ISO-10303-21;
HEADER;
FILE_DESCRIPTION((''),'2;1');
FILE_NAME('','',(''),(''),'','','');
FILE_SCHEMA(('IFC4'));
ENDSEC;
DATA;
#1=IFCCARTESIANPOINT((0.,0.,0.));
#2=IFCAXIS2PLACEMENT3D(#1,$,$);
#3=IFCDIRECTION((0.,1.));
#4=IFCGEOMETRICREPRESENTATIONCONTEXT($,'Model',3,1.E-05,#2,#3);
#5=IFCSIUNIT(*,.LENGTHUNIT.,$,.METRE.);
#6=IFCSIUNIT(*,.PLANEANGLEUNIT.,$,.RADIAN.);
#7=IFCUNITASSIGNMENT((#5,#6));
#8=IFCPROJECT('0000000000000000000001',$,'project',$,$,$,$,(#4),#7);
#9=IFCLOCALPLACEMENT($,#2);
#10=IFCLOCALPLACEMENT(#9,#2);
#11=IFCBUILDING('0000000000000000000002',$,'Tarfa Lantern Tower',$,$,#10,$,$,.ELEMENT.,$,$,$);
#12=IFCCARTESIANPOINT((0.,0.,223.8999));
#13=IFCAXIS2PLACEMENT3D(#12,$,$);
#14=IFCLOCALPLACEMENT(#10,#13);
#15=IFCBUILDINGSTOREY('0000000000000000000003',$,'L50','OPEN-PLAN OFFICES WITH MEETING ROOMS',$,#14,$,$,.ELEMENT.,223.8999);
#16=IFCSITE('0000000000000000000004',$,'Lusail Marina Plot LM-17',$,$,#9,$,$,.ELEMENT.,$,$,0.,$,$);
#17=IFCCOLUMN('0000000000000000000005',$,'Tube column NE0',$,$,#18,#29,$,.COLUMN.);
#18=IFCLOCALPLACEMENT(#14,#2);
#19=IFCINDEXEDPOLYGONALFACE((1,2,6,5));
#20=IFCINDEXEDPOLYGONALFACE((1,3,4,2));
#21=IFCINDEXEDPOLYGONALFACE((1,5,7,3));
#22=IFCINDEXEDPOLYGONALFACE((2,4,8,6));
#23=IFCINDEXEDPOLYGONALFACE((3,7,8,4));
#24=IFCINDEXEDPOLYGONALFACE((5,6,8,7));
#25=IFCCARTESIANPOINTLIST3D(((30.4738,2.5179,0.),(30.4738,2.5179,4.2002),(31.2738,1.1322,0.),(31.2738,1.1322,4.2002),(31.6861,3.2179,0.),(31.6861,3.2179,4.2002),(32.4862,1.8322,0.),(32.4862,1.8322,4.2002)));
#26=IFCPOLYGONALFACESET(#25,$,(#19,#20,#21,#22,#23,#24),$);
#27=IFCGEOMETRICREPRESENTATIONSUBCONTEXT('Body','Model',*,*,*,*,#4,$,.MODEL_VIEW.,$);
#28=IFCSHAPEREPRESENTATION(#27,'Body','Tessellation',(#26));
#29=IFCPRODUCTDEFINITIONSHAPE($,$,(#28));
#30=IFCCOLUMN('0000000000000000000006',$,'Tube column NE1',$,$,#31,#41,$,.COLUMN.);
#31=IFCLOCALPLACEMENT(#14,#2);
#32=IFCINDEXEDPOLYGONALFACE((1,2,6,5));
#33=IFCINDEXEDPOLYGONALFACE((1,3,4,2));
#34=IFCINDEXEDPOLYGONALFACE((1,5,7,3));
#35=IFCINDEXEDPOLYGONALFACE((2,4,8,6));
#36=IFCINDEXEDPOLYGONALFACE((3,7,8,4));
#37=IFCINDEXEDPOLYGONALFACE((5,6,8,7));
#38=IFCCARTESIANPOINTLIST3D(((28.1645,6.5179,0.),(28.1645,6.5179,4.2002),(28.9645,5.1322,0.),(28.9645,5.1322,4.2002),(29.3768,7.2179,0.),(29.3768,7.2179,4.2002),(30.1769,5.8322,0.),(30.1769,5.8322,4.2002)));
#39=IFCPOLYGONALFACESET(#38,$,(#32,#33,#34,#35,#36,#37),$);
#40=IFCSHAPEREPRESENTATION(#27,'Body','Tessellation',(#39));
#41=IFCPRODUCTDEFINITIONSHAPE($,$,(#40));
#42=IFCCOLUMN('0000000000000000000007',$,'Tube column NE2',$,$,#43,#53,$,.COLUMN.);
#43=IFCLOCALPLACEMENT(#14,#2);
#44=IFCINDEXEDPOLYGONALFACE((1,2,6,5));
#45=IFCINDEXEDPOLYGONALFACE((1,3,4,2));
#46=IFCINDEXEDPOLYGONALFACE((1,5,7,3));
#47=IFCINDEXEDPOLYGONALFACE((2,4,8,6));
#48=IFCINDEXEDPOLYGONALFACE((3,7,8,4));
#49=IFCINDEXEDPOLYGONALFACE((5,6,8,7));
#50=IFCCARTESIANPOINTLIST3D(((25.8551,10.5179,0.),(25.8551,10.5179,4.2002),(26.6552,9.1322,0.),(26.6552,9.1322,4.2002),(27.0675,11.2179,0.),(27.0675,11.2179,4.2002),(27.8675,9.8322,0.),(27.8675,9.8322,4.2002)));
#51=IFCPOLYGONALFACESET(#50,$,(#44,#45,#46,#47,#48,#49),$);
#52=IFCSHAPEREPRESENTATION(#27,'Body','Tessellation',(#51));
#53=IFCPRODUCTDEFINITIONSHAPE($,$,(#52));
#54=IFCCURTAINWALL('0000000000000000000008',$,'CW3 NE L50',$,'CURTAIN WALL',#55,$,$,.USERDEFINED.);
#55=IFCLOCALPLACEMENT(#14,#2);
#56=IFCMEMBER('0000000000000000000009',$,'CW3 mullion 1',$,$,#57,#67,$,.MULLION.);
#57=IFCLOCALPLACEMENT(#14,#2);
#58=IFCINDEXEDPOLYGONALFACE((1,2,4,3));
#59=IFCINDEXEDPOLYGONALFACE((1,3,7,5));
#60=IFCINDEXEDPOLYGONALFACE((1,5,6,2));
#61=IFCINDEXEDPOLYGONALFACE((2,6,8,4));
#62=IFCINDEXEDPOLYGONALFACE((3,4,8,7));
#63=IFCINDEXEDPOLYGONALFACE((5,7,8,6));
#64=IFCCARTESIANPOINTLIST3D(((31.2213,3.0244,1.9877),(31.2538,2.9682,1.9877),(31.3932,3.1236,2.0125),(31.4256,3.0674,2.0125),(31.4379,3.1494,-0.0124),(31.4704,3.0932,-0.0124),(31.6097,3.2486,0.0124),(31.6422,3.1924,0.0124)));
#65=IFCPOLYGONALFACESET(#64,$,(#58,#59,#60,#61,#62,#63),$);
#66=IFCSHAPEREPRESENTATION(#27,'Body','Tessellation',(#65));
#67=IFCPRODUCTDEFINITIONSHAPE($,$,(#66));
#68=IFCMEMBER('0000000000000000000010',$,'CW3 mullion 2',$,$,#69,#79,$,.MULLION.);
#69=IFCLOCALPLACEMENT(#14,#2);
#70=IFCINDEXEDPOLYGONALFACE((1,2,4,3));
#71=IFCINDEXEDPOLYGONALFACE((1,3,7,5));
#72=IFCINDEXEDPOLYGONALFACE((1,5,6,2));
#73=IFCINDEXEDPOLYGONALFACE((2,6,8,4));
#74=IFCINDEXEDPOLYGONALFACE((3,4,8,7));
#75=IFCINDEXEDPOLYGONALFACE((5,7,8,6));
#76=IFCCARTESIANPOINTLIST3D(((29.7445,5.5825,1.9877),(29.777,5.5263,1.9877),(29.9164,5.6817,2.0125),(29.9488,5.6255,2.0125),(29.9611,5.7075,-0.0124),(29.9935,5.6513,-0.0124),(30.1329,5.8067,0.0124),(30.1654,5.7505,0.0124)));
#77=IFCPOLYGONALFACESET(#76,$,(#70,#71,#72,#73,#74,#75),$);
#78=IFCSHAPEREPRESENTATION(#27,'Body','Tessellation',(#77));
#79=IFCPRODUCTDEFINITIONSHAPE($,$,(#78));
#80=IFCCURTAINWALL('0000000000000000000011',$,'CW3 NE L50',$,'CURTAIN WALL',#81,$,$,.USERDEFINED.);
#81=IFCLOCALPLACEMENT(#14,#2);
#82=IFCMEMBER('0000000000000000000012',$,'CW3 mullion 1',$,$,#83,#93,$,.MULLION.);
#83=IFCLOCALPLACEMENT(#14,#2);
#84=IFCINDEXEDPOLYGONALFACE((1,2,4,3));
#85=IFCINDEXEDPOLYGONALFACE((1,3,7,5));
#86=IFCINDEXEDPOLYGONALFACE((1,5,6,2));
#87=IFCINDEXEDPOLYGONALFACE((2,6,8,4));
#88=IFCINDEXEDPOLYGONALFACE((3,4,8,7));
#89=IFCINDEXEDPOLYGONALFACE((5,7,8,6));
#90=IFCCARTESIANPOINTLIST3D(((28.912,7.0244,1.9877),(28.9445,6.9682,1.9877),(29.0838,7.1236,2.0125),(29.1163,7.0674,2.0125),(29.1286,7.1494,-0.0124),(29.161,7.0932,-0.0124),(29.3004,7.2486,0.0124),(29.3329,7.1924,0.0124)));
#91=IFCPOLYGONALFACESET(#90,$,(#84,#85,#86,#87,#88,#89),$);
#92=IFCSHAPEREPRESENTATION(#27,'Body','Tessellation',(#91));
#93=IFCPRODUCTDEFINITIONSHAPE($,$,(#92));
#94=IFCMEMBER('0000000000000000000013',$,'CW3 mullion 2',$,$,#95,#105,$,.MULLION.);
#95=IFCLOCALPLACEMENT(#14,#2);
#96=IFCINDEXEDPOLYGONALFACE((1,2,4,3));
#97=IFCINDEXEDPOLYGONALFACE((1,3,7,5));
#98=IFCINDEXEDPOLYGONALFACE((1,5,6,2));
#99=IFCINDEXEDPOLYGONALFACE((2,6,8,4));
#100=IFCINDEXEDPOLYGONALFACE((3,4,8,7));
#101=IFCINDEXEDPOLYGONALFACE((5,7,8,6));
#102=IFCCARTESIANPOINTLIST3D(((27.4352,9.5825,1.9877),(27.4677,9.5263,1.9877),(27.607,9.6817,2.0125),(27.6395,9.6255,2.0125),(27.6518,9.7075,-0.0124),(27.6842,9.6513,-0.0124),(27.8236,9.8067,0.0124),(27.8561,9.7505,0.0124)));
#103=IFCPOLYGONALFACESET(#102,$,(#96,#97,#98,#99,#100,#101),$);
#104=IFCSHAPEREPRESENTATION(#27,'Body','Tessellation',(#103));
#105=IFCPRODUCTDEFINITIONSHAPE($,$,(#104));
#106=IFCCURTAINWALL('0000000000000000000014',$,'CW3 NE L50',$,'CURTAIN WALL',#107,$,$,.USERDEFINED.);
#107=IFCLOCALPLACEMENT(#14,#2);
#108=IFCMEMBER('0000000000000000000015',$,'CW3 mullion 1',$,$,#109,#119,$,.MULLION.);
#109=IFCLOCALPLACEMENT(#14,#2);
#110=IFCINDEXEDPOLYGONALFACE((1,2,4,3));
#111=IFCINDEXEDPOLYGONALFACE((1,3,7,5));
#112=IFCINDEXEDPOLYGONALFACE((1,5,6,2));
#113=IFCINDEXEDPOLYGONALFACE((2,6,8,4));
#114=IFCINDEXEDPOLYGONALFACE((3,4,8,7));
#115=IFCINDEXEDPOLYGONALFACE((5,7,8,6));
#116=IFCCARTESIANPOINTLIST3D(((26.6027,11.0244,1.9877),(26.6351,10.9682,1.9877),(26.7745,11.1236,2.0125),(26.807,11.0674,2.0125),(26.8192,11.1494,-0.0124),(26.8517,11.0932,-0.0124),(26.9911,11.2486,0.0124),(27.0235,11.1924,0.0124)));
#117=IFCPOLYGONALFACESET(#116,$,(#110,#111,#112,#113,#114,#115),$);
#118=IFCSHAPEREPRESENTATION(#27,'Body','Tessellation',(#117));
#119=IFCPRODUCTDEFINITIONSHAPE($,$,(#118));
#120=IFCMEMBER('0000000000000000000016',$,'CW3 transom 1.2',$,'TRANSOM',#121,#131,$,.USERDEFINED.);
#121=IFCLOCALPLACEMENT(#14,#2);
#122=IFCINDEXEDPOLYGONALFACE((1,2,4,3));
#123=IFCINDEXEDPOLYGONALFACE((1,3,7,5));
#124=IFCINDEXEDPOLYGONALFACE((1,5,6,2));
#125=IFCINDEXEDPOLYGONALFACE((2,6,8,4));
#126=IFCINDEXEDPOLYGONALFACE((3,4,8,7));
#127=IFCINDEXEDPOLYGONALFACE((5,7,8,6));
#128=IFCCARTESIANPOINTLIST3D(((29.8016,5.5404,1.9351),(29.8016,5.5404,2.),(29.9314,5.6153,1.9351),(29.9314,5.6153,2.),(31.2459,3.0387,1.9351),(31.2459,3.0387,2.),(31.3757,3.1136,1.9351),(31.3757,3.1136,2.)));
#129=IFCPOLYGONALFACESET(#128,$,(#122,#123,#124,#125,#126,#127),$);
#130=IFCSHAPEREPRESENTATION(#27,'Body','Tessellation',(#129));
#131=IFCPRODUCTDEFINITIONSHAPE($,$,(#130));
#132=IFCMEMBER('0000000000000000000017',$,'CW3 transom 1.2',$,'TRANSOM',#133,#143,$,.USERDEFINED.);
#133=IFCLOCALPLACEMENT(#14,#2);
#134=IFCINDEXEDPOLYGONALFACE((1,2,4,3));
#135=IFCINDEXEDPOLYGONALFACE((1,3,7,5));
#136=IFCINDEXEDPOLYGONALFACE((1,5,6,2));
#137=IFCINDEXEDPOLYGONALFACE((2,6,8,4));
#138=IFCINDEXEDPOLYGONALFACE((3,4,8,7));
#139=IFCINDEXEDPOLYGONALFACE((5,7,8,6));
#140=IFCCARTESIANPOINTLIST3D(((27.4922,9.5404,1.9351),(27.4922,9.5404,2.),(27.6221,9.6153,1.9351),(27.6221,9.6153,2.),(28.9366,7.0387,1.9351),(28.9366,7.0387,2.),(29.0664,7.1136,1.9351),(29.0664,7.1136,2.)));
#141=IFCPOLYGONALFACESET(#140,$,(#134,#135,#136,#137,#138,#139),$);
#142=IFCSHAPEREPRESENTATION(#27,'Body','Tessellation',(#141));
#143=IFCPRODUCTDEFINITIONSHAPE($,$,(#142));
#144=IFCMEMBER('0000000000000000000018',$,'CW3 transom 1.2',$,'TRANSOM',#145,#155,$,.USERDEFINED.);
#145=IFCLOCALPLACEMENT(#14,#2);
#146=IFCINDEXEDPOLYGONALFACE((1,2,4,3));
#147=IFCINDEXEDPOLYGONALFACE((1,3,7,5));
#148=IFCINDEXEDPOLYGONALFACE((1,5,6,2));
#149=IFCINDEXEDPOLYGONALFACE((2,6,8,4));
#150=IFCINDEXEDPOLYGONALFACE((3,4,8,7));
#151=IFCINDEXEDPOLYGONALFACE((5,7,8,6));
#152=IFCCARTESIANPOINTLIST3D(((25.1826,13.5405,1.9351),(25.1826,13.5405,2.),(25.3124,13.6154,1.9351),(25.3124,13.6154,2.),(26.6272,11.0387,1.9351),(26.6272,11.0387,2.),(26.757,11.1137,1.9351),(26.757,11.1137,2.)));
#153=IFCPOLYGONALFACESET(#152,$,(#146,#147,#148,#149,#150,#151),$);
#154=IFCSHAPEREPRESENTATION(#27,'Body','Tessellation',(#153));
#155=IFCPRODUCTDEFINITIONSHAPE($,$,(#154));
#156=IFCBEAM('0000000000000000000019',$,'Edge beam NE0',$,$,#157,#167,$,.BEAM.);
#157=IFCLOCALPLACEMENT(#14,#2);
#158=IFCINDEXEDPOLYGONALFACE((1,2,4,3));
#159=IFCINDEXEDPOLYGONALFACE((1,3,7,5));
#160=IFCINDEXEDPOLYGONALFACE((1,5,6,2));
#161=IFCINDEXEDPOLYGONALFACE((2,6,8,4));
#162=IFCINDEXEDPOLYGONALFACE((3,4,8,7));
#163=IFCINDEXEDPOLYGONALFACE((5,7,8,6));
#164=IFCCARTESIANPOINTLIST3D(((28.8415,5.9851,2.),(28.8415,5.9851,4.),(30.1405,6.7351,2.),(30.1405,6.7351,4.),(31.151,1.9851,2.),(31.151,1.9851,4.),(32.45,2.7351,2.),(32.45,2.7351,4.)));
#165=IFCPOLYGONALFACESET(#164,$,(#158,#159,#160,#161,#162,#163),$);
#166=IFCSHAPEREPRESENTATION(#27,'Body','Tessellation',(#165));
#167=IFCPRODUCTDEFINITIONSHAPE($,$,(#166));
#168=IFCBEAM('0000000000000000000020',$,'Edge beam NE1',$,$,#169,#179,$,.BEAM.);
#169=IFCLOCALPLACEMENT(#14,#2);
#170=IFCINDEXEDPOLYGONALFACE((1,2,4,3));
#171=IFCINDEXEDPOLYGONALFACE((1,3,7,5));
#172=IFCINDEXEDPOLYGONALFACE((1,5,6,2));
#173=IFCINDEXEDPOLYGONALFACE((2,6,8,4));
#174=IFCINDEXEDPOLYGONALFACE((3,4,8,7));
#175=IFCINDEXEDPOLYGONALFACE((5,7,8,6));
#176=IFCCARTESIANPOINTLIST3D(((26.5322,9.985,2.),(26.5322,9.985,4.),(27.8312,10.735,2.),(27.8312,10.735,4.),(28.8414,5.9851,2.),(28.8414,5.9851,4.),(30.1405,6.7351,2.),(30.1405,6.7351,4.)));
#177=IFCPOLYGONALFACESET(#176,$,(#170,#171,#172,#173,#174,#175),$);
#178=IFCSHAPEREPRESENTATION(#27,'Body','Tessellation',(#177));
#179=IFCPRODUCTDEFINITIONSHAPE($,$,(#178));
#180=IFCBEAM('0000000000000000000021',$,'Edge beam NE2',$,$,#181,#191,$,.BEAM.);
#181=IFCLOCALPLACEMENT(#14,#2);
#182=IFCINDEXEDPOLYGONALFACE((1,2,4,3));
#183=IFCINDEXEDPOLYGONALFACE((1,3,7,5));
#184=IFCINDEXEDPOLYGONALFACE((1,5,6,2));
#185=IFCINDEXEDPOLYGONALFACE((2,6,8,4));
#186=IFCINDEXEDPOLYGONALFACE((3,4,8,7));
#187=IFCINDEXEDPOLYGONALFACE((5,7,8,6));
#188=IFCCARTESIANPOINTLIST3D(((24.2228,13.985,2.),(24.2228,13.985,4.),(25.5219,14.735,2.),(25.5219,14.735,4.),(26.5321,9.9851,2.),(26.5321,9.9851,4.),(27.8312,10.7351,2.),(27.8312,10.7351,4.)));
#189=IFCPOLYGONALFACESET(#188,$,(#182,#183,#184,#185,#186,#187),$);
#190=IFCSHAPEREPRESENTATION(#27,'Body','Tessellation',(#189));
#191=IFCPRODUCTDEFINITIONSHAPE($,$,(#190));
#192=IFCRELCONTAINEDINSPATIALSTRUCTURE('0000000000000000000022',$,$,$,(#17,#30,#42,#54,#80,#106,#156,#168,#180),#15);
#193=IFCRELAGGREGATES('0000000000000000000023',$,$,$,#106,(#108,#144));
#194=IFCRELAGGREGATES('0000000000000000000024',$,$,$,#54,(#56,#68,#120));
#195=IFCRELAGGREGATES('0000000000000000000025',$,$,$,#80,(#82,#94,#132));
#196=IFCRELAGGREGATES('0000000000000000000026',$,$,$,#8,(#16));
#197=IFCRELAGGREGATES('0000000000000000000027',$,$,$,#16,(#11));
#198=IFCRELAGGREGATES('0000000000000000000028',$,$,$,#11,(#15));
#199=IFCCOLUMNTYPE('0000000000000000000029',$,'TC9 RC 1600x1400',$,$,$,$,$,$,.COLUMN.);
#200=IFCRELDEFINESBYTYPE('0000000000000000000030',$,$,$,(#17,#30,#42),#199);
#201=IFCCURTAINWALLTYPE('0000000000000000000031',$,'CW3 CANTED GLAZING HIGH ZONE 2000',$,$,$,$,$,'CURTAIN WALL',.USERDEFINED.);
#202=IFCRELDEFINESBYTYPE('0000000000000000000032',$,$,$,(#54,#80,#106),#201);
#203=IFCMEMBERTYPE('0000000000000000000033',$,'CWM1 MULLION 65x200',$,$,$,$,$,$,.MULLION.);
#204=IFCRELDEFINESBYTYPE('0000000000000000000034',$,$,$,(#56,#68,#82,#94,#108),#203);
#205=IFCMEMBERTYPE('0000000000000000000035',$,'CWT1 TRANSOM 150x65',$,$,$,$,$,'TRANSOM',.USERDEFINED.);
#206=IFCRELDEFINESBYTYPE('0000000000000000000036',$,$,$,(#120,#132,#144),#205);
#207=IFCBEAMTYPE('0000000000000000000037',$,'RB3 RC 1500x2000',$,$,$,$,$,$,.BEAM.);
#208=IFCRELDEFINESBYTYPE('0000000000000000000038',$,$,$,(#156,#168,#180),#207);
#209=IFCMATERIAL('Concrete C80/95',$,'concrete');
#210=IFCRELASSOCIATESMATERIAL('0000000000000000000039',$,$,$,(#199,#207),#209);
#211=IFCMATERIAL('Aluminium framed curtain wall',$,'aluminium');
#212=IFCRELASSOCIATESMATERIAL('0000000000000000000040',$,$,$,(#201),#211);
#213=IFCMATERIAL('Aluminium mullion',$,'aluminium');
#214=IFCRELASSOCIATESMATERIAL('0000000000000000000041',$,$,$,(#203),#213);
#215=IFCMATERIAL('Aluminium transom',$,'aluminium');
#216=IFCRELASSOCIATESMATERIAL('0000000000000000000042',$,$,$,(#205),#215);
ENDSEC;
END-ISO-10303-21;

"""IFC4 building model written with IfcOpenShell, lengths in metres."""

from ifc_helpers import new_model, si_unit, direction, frame, origin, origin_2d, place, context, subcontext, project, spatial, rectangle, extrude, material, material_profile, profile_set, type_object, element, aggregate, save


model = new_model("IFC4")

# Units and contexts
model_context = context("Model", 3, precision=1e-05, world=origin(), true_north=direction((0.0, 1.0)))
body_context = subcontext(model_context, "Body", "Model", "MODEL_VIEW")
ifc_project = project(units=[si_unit("LENGTHUNIT", "METRE"), si_unit("PLANEANGLEUNIT", "RADIAN")], contexts=[model_context])

# Site, building, storey
site_placement = place(None, origin())
site = spatial("IfcSite", under=ifc_project, at=site_placement, Name="Lusail Marina Plot LM-17", CompositionType="ELEMENT", RefElevation=0.0)
building_placement = place(site_placement, origin())
building = spatial("IfcBuilding", under=site, at=building_placement, Name="Tarfa Lantern Tower", CompositionType="ELEMENT")
storey_placement = place(building_placement, frame((0.0, 0.0, 223.8999)))
storey = spatial("IfcBuildingStorey", under=building, at=storey_placement, Name="L50", Description="OPEN-PLAN OFFICES WITH MEETING ROOMS", CompositionType="ELEMENT", Elevation=223.8999)

# Columns
ifc_material_1 = material(Name="Concrete C80/95", Category="concrete")
ifc_material_profile_1 = material_profile(ifc_material_1, rectangle(XDim=1.6001, YDim=1.3999, at=origin_2d()), Name="RC 1600x1400")
ifc_profile_set_1 = profile_set([ifc_material_profile_1], Name="Concrete C80/95")
column_type = type_object("IfcColumnType", Name="TC9 RC 1600x1400", PredefinedType="COLUMN", material=ifc_profile_set_1)
for number, where, z_axis, x_axis, name in (
    (1, (31.48, 2.175, 0.0), (0.0, 0.0, 1.0), (-0.5, 0.866025, 0.0), "Tube column NE0"),
    (2, (29.1707, 6.175, 0.0), (0.0, 0.0, 1.0), (-0.5, 0.866025, 0.0), "Tube column NE1"),
    (3, (26.8613, 10.175, 0.0), (0.0, 0.0, 1.0), (-0.5, 0.866025, 0.0), "Tube column NE2"),
):
    element("IfcColumn", number, at=place(storey_placement, frame(where, z_axis=z_axis, x_axis=x_axis)), inside=storey, type_object=column_type, Name=name, PredefinedType="COLUMN", context=body_context, shape_type="SweptSolid", body=[
        extrude(rectangle(XDim=1.6001, YDim=1.3999, at=origin_2d()), origin(), (0.0, 0.0, 1.0), 4.2002),
    ])

# Curtain walls, members
ifc_material_2 = material(Name="Aluminium framed curtain wall", Category="aluminium")
curtain_wall_type = type_object("IfcCurtainWallType", Name="CW3 CANTED GLAZING HIGH ZONE 2000", ElementType="CURTAIN WALL", PredefinedType="USERDEFINED", material=ifc_material_2)
curtain_wall_1_placement = place(storey_placement, origin())
curtain_wall_1 = element("IfcCurtainWall", 4, at=curtain_wall_1_placement, inside=storey, type_object=curtain_wall_type, Name="CW3 NE L50", ObjectType="CURTAIN WALL", PredefinedType="USERDEFINED")
ifc_material_3 = material(Name="Aluminium mullion", Category="aluminium")
ifc_material_profile_2 = material_profile(ifc_material_3, rectangle(XDim=0.0649, YDim=0.2, at=origin_2d()), Name="AL MULLION 65x200")
ifc_profile_set_2 = profile_set([ifc_material_profile_2], Name="Aluminium mullion")
member_type_1 = type_object("IfcMemberType", Name="CWM1 MULLION 65x200", PredefinedType="MULLION", material=ifc_profile_set_2)
member_1_placement = place(storey_placement, frame((31.54, 3.1709, 0.0), z_axis=(-0.10744, -0.062017, 0.992275), x_axis=(0.49992, -0.866072, 0.0)))
member_1 = element("IfcMember", 5, at=member_1_placement, type_object=member_type_1, Name="CW3 mullion 1", PredefinedType="MULLION", context=body_context, shape_type="SweptSolid", body=[
    extrude(rectangle(XDim=0.0649, YDim=0.2, at=origin_2d()), origin(), (0.0, 0.0, 1.0), 2.0156),
])
member_2_placement = place(storey_placement, frame((30.0632, 5.729, 0.0), z_axis=(-0.10744, -0.062017, 0.992275), x_axis=(0.49992, -0.866072, 0.0)))
member_2 = element("IfcMember", 6, at=member_2_placement, type_object=member_type_1, Name="CW3 mullion 2", PredefinedType="MULLION", context=body_context, shape_type="SweptSolid", body=[
    extrude(rectangle(XDim=0.0649, YDim=0.2, at=origin_2d()), origin(), (0.0, 0.0, 1.0), 2.0156),
])
curtain_wall_2_placement = place(storey_placement, origin())
curtain_wall_2 = element("IfcCurtainWall", 7, at=curtain_wall_2_placement, inside=storey, type_object=curtain_wall_type, Name="CW3 NE L50", ObjectType="CURTAIN WALL", PredefinedType="USERDEFINED")
member_3_placement = place(storey_placement, frame((29.2307, 7.1709, 0.0), z_axis=(-0.10744, -0.062017, 0.992275), x_axis=(0.49992, -0.866072, 0.0)))
member_3 = element("IfcMember", 8, at=member_3_placement, type_object=member_type_1, Name="CW3 mullion 1", PredefinedType="MULLION", context=body_context, shape_type="SweptSolid", body=[
    extrude(rectangle(XDim=0.0649, YDim=0.2, at=origin_2d()), origin(), (0.0, 0.0, 1.0), 2.0156),
])
member_4_placement = place(storey_placement, frame((27.7539, 9.729, 0.0), z_axis=(-0.10744, -0.062017, 0.992275), x_axis=(0.49992, -0.866072, 0.0)))
member_4 = element("IfcMember", 9, at=member_4_placement, type_object=member_type_1, Name="CW3 mullion 2", PredefinedType="MULLION", context=body_context, shape_type="SweptSolid", body=[
    extrude(rectangle(XDim=0.0649, YDim=0.2, at=origin_2d()), origin(), (0.0, 0.0, 1.0), 2.0156),
])

# Curtain wall, member
curtain_wall_3_placement = place(storey_placement, origin())
curtain_wall_3 = element("IfcCurtainWall", 10, at=curtain_wall_3_placement, inside=storey, type_object=curtain_wall_type, Name="CW3 NE L50", ObjectType="CURTAIN WALL", PredefinedType="USERDEFINED")
member_5_placement = place(storey_placement, frame((26.9214, 11.1709, 0.0), z_axis=(-0.10744, -0.062017, 0.992275), x_axis=(0.49992, -0.866072, 0.0)))
member_5 = element("IfcMember", 11, at=member_5_placement, type_object=member_type_1, Name="CW3 mullion 1", PredefinedType="MULLION", context=body_context, shape_type="SweptSolid", body=[
    extrude(rectangle(XDim=0.0649, YDim=0.2, at=origin_2d()), origin(), (0.0, 0.0, 1.0), 2.0156),
])

# Members
ifc_material_4 = material(Name="Aluminium transom", Category="aluminium")
ifc_material_profile_3 = material_profile(ifc_material_4, rectangle(XDim=0.1499, YDim=0.0649, at=origin_2d()), Name="AL TRANSOM 150x65")
ifc_profile_set_3 = profile_set([ifc_material_profile_3], Name="Aluminium transom")
member_type_2 = type_object("IfcMemberType", Name="CWT1 TRANSOM 150x65", ElementType="TRANSOM", PredefinedType="USERDEFINED", material=ifc_profile_set_3)
member_6_placement = place(storey_placement, frame((31.3108, 3.0762, 1.9675), z_axis=(-0.499993, 0.866029, 0.0), x_axis=(-0.866029, -0.499993, 0.0)))
member_6 = element("IfcMember", 12, at=member_6_placement, type_object=member_type_2, Name="CW3 transom 1.2", ObjectType="TRANSOM", PredefinedType="USERDEFINED", context=body_context, shape_type="SweptSolid", body=[
    extrude(rectangle(XDim=0.1499, YDim=0.0649, at=origin_2d()), origin(), (0.0, 0.0, 1.0), 2.8887),
])
member_7_placement = place(storey_placement, frame((29.0015, 7.0762, 1.9675), z_axis=(-0.499993, 0.866029, 0.0), x_axis=(-0.866029, -0.499993, 0.0)))
member_7 = element("IfcMember", 13, at=member_7_placement, type_object=member_type_2, Name="CW3 transom 1.2", ObjectType="TRANSOM", PredefinedType="USERDEFINED", context=body_context, shape_type="SweptSolid", body=[
    extrude(rectangle(XDim=0.1499, YDim=0.0649, at=origin_2d()), origin(), (0.0, 0.0, 1.0), 2.8887),
])
member_8_placement = place(storey_placement, frame((26.6921, 11.0762, 1.9675), z_axis=(-0.500057, 0.865993, 0.0), x_axis=(-0.865993, -0.500057, 0.0)))
member_8 = element("IfcMember", 14, at=member_8_placement, type_object=member_type_2, Name="CW3 transom 1.2", ObjectType="TRANSOM", PredefinedType="USERDEFINED", context=body_context, shape_type="SweptSolid", body=[
    extrude(rectangle(XDim=0.1499, YDim=0.0649, at=origin_2d()), origin(), (0.0, 0.0, 1.0), 2.8889),
])
aggregate(curtain_wall_3, [member_5, member_8])

# Beams
ifc_material_profile_4 = material_profile(ifc_material_1, rectangle(XDim=1.5, YDim=2.0, at=origin_2d()), Name="RC 1500x2000")
ifc_profile_set_4 = profile_set([ifc_material_profile_4], Name="Concrete C80/95")
beam_type_1 = type_object("IfcBeamType", Name="RB3 RC 1500x2000", PredefinedType="BEAM", material=ifc_profile_set_4)
beam_1_placement = place(storey_placement, frame((31.8005, 2.3601, 3.0), z_axis=(-0.500027, 0.86601, 0.0), x_axis=(-0.86601, -0.500027, 0.0)))
element("IfcBeam", 15, at=beam_1_placement, inside=storey, type_object=beam_type_1, Name="Edge beam NE0", PredefinedType="BEAM", context=body_context, shape_type="SweptSolid", body=[
    extrude(rectangle(XDim=1.5, YDim=2.0, at=origin_2d()), origin(), (0.0, 0.0, 1.0), 4.6189),
])
for number, where, z_axis, x_axis, name in (
    (16, (29.491, 6.3601, 3.0), (-0.499988, 0.866032, 0.0), (-0.866032, -0.499988, 0.0), "Edge beam NE1"),
    (17, (27.1816, 10.3601, 3.0), (-0.499988, 0.866032, 0.0), (-0.866032, -0.499988, 0.0), "Edge beam NE2"),
):
    element("IfcBeam", number, at=place(storey_placement, frame(where, z_axis=z_axis, x_axis=x_axis)), inside=storey, type_object=beam_type_1, Name=name, PredefinedType="BEAM", context=body_context, shape_type="SweptSolid", body=[
        extrude(rectangle(XDim=1.5, YDim=2.0, at=origin_2d()), origin(), (0.0, 0.0, 1.0), 4.6187),
    ])

aggregate(curtain_wall_1, [member_1, member_2, member_6])
aggregate(curtain_wall_2, [member_3, member_4, member_7])

save(model, "model.ifc")
